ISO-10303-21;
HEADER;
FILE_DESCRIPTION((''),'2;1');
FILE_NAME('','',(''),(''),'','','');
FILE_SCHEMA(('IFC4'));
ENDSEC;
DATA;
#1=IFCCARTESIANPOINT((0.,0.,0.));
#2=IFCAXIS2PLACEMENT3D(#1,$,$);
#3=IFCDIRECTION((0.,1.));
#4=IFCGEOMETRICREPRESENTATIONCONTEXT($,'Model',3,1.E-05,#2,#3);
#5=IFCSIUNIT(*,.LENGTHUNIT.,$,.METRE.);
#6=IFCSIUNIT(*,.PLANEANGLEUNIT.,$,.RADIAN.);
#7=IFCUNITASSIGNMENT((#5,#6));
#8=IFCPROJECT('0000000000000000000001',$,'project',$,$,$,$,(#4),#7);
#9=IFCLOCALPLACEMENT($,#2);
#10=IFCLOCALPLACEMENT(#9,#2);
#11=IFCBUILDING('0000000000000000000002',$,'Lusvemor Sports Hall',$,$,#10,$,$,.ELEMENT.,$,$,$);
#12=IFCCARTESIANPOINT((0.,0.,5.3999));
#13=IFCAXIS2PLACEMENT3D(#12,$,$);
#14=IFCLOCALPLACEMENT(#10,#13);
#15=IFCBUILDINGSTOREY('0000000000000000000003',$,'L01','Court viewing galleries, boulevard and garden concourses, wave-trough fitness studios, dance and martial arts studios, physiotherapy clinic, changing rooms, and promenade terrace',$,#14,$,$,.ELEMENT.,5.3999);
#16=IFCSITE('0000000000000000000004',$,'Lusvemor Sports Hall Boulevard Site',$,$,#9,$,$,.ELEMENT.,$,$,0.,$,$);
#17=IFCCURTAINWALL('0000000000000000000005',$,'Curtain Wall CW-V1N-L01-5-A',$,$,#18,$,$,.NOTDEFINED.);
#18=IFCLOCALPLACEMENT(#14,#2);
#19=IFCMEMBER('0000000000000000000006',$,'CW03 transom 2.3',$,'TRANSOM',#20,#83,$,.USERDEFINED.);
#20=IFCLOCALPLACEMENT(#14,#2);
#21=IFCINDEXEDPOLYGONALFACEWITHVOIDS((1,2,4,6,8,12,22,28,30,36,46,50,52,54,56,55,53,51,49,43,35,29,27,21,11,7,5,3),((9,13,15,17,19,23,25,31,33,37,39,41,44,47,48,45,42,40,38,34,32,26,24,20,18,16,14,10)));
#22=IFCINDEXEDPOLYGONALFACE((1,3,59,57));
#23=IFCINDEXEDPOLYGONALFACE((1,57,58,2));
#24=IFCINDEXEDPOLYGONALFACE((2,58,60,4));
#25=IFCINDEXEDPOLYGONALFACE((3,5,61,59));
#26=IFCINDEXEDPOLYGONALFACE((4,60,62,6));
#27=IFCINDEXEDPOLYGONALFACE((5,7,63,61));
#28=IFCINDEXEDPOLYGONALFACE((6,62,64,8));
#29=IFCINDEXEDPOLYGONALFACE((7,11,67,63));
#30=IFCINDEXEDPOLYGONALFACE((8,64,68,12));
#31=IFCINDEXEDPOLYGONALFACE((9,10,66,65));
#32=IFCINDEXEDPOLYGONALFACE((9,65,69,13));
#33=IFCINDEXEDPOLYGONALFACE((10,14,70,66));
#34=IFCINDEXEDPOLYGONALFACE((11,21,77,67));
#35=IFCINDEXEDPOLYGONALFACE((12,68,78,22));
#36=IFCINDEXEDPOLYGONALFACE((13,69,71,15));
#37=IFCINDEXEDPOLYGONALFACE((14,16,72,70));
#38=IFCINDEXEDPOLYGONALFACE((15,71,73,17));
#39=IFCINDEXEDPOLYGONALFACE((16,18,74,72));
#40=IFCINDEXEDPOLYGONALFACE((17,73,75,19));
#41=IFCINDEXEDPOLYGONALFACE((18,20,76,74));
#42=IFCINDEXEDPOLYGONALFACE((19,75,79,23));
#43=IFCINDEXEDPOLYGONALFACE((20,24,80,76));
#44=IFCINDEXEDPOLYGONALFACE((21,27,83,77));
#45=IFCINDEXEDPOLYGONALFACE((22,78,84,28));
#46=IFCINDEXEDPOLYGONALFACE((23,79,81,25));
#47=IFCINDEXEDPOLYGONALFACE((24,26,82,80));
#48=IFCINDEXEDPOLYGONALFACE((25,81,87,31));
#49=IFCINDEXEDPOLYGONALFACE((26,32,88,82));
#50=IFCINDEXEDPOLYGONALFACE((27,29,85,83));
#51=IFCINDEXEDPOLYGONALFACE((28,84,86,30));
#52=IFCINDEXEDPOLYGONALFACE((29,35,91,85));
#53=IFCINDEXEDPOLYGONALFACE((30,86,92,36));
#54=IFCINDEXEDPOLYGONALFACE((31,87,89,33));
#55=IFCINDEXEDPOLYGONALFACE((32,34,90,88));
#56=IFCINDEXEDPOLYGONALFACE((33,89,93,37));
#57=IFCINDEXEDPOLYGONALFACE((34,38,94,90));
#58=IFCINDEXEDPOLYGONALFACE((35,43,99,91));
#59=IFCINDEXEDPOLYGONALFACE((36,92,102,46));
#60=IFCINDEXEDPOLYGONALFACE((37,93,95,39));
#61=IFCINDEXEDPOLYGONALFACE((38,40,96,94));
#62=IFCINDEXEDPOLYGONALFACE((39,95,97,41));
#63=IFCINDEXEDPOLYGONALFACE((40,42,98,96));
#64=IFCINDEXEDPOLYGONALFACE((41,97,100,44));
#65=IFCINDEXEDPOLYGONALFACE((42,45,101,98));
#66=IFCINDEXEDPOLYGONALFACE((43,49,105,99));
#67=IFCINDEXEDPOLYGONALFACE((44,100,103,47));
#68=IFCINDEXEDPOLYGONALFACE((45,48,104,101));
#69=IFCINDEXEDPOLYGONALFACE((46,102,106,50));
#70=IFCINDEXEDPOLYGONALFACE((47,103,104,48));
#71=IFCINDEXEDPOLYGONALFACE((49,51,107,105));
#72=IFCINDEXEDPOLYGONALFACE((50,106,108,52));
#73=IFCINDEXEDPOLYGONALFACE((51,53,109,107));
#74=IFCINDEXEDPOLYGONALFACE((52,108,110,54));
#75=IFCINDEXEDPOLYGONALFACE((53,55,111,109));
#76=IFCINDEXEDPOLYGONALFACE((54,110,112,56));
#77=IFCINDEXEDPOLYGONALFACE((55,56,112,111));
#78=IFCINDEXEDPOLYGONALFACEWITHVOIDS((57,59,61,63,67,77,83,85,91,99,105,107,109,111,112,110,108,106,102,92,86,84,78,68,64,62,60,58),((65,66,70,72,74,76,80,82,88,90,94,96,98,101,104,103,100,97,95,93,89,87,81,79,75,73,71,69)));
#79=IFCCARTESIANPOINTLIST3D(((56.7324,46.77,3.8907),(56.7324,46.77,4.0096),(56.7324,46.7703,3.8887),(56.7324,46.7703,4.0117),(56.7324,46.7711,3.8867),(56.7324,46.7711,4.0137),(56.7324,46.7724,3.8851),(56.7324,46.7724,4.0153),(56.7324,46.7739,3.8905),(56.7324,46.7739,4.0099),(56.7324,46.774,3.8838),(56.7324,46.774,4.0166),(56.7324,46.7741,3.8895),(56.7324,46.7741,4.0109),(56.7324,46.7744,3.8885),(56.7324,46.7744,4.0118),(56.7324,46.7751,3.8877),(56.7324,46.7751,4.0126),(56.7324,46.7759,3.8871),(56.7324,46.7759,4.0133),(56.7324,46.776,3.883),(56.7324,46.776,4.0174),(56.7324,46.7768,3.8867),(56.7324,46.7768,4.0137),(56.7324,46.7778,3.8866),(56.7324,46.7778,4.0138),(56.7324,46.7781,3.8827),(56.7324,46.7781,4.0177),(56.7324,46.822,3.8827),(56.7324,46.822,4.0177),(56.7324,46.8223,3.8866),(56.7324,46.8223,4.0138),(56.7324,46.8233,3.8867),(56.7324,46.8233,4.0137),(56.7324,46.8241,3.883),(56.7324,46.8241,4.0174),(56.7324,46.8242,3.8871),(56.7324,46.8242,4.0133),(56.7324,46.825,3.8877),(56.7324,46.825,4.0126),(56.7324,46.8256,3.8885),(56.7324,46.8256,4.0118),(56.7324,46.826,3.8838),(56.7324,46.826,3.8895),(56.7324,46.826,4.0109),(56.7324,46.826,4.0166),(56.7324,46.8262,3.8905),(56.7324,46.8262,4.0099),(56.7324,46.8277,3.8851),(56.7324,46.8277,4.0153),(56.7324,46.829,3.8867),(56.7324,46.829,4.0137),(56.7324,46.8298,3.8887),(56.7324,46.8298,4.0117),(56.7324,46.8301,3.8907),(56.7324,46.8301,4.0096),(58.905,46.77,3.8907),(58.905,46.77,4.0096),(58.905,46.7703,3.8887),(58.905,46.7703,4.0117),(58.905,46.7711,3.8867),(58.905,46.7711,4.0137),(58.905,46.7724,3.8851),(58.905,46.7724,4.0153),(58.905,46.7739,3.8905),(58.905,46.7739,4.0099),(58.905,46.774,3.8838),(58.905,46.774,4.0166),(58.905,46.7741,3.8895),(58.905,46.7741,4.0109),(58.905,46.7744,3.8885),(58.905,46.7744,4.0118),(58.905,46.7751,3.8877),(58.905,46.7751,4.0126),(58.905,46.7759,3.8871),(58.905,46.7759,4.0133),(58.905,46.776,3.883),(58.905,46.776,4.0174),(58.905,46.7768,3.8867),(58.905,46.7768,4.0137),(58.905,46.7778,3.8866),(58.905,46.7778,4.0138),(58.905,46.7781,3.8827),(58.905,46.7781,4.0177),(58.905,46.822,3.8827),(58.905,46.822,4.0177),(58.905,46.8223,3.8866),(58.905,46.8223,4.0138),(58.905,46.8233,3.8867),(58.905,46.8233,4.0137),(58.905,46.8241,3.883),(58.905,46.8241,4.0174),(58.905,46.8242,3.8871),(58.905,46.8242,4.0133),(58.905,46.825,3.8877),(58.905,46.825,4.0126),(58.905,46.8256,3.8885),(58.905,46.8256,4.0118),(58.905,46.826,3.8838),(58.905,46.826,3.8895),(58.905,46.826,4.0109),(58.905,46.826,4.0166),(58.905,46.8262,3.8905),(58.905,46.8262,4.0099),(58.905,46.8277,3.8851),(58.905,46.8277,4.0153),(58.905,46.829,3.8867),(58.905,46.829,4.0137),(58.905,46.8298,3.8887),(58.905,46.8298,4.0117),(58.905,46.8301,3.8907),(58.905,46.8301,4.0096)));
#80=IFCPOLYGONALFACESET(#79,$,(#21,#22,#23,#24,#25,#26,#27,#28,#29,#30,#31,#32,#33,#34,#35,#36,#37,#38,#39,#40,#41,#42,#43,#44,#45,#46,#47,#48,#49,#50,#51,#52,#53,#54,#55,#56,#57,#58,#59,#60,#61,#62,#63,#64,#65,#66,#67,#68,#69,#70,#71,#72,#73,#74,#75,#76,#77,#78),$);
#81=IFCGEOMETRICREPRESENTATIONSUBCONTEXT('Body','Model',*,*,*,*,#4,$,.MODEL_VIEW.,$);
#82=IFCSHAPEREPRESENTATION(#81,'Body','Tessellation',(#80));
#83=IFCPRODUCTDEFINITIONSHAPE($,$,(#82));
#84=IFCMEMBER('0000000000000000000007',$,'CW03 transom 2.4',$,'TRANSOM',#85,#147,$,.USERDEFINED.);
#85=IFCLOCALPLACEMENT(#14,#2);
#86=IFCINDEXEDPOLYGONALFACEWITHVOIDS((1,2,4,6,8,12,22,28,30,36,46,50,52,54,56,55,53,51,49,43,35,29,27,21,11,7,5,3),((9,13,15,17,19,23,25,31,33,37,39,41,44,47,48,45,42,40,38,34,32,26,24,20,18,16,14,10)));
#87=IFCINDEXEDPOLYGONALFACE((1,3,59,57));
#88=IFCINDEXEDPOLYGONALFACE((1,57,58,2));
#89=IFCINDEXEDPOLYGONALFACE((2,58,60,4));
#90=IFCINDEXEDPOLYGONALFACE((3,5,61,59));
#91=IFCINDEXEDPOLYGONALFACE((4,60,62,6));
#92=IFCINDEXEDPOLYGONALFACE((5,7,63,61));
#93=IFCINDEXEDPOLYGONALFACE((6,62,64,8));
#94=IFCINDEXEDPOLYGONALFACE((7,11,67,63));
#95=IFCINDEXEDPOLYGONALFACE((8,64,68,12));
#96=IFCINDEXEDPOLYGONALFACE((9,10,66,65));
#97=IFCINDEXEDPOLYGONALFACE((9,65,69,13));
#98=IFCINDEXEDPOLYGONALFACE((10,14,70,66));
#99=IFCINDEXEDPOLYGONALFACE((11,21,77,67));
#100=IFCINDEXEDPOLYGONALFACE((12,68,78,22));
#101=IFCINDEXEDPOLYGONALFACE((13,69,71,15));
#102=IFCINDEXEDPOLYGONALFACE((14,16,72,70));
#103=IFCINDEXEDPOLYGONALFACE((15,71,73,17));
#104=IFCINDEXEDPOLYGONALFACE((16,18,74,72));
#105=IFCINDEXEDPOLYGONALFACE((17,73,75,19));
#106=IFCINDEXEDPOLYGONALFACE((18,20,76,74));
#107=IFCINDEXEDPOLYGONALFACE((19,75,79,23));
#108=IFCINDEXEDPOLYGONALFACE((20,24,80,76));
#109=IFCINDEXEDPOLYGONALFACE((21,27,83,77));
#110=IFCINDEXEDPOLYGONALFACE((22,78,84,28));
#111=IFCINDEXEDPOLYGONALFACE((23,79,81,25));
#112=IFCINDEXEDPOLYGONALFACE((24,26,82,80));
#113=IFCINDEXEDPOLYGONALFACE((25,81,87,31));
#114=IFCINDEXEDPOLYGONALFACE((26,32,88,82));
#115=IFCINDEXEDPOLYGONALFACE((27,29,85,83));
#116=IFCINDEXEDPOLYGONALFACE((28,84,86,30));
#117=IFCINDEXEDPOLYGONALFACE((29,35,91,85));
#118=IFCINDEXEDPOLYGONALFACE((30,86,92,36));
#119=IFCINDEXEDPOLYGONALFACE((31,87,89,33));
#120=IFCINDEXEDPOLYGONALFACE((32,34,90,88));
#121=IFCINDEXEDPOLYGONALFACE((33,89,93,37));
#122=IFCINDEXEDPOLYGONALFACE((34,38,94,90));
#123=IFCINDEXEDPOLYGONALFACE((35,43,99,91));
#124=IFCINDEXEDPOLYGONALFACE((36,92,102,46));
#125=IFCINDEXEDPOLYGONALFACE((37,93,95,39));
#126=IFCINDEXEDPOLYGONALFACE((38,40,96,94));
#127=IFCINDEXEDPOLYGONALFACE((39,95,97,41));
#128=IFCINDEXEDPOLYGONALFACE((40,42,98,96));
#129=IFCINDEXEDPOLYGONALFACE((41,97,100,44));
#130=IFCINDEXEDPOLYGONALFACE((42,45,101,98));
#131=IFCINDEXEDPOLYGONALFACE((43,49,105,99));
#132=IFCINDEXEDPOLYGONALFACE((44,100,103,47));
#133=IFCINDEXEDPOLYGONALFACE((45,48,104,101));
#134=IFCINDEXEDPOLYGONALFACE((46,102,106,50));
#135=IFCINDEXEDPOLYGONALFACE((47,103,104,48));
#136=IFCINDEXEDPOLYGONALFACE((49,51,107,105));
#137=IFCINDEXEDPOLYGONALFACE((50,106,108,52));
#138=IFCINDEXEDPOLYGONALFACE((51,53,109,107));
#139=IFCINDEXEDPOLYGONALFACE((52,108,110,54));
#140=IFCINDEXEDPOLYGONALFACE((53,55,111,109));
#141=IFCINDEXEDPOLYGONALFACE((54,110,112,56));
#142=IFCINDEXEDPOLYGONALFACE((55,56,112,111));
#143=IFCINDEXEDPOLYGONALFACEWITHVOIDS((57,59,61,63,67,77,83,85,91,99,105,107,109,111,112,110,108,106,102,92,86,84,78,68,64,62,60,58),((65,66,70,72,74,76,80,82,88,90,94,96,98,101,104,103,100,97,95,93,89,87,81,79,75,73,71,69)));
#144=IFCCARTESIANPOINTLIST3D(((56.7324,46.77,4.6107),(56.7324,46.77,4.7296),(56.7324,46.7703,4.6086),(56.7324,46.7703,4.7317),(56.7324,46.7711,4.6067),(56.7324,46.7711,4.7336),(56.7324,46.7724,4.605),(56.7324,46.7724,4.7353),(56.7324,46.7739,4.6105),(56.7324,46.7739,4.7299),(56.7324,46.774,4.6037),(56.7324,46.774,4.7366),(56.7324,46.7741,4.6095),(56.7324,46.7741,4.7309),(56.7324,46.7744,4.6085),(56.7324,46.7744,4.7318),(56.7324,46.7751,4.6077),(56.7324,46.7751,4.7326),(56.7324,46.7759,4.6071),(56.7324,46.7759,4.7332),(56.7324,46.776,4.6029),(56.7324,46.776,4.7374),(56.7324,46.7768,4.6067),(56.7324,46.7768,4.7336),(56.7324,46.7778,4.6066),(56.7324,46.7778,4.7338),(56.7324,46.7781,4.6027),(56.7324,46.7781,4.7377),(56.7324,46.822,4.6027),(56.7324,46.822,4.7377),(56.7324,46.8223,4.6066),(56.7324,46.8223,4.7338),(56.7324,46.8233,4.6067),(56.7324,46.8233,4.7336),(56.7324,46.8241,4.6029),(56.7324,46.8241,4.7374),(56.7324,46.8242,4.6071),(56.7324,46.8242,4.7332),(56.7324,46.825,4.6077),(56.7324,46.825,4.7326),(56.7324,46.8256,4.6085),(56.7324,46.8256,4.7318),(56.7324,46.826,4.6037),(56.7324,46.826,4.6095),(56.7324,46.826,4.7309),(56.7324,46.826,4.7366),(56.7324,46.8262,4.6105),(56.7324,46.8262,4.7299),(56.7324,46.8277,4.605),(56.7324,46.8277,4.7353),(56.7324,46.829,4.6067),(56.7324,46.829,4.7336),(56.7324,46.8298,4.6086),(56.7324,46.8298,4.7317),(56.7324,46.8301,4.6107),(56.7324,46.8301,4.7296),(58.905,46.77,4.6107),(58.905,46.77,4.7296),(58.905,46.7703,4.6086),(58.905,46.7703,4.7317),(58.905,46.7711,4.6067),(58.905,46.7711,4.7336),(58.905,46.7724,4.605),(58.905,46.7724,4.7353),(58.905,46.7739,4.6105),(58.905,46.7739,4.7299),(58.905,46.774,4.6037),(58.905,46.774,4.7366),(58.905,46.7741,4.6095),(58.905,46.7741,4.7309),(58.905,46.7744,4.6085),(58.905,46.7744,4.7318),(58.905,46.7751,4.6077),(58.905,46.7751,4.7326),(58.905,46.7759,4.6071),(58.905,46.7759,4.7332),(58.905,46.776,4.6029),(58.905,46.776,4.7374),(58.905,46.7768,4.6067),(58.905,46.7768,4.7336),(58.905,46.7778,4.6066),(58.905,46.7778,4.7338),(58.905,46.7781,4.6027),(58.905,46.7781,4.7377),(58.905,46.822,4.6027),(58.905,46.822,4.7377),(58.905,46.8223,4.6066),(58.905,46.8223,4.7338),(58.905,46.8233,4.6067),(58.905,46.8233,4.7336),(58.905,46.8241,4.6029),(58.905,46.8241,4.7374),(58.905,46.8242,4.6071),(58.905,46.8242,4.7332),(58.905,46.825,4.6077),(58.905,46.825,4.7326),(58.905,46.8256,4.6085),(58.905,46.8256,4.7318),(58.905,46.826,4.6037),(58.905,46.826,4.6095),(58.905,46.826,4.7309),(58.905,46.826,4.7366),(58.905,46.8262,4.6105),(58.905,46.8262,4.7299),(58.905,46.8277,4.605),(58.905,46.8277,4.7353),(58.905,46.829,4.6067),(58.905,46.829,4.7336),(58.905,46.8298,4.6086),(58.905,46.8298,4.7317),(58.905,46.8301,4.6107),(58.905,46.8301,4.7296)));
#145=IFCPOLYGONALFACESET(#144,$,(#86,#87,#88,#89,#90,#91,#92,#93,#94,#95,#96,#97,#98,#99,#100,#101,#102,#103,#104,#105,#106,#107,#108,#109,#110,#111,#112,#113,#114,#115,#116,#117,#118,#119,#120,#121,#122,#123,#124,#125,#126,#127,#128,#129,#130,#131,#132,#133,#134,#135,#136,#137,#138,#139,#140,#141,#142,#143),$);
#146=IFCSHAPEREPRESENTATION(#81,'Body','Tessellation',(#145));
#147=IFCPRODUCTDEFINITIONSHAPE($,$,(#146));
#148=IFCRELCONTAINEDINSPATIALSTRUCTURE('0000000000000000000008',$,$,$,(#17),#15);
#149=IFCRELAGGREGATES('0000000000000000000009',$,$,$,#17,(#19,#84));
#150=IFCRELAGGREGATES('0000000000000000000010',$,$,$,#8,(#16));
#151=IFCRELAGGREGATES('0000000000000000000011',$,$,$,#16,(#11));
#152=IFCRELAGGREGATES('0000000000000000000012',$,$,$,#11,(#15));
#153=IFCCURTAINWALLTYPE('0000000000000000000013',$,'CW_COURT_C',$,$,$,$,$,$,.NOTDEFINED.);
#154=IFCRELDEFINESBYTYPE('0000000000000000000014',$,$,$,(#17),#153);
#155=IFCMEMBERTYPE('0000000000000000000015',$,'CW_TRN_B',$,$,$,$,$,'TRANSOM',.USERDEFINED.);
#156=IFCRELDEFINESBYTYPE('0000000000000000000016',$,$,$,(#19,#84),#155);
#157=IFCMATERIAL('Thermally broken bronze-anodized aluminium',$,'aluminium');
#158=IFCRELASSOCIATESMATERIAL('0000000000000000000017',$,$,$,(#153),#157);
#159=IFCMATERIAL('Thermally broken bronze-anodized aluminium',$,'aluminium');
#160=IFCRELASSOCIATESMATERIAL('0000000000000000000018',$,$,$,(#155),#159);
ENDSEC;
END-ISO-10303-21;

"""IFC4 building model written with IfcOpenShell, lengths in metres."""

from ifc_helpers import new_model, si_unit, direction, frame, origin, origin_2d, place, context, subcontext, project, spatial, hollow_rectangle, extrude, material, material_profile, profile_set, type_object, element, aggregate, save


model = new_model("IFC4")

# Units and contexts
model_context = context("Model", 3, precision=1e-05, world=origin(), true_north=direction((0.0, 1.0)))
body_context = subcontext(model_context, "Body", "Model", "MODEL_VIEW")
ifc_project = project(units=[si_unit("LENGTHUNIT", "METRE"), si_unit("PLANEANGLEUNIT", "RADIAN")], contexts=[model_context])

# Site, building, storey
site_placement = place(None, origin())
site = spatial("IfcSite", under=ifc_project, at=site_placement, Name="Lusvemor Sports Hall Boulevard Site", CompositionType="ELEMENT", RefElevation=0.0)
building_placement = place(site_placement, origin())
building = spatial("IfcBuilding", under=site, at=building_placement, Name="Lusvemor Sports Hall", CompositionType="ELEMENT")
storey_placement = place(building_placement, frame((0.0, 0.0, 5.3999)))
storey = spatial("IfcBuildingStorey", under=building, at=storey_placement, Name="L01", Description="Court viewing galleries, boulevard and garden concourses, wave-trough fitness studios, dance and martial arts studios, physiotherapy clinic, changing rooms, and promenade terrace", CompositionType="ELEMENT", Elevation=5.3999)

# Curtain wall
ifc_material_1 = material(Name="Thermally broken bronze-anodized aluminium", Category="aluminium")
curtain_wall_type = type_object("IfcCurtainWallType", Name="CW_COURT_C", PredefinedType="NOTDEFINED", material=ifc_material_1)
curtain_wall_1_placement = place(storey_placement, origin())
curtain_wall_1 = element("IfcCurtainWall", 1, at=curtain_wall_1_placement, inside=storey, type_object=curtain_wall_type, Name="Curtain Wall CW-V1N-L01-5-A", PredefinedType="NOTDEFINED")

# Members
ifc_material_2 = material(Name="Thermally broken bronze-anodized aluminium", Category="aluminium")
ifc_material_profile_1 = material_profile(ifc_material_2, hollow_rectangle(XDim=0.0601, YDim=0.135, WallThickness=0.0039, InnerFilletRadius=0.0039, OuterFilletRadius=0.0081, at=origin_2d()), Name="CWTRN135x60x4")
ifc_profile_set_1 = profile_set([ifc_material_profile_1], Name="Thermally broken bronze-anodized aluminium")
member_type_1 = type_object("IfcMemberType", Name="CW_TRN_B", ElementType="TRANSOM", PredefinedType="USERDEFINED", material=ifc_profile_set_1)
member_1_placement = place(storey_placement, frame((56.7324, 46.8, 3.9502), z_axis=(1.0, 0.0, 0.0), x_axis=(0.0, 1.0, 0.0)))
member_1 = element("IfcMember", 2, at=member_1_placement, type_object=member_type_1, Name="CW03 transom 2.3", ObjectType="TRANSOM", PredefinedType="USERDEFINED", context=body_context, shape_type="SweptSolid", body=[
    extrude(hollow_rectangle(XDim=0.0601, YDim=0.135, WallThickness=0.0039, InnerFilletRadius=0.0039, OuterFilletRadius=0.0081, at=origin_2d()), origin(), (0.0, 0.0, 1.0), 2.1726),
])
member_2_placement = place(storey_placement, frame((56.7324, 46.8, 4.6702), z_axis=(1.0, 0.0, 0.0), x_axis=(0.0, 1.0, 0.0)))
member_2 = element("IfcMember", 3, at=member_2_placement, type_object=member_type_1, Name="CW03 transom 2.4", ObjectType="TRANSOM", PredefinedType="USERDEFINED", context=body_context, shape_type="SweptSolid", body=[
    extrude(hollow_rectangle(XDim=0.0601, YDim=0.135, WallThickness=0.0039, InnerFilletRadius=0.0039, OuterFilletRadius=0.0081, at=origin_2d()), origin(), (0.0, 0.0, 1.0), 2.1726),
])

aggregate(curtain_wall_1, [member_1, member_2])

save(model, "model.ifc")
